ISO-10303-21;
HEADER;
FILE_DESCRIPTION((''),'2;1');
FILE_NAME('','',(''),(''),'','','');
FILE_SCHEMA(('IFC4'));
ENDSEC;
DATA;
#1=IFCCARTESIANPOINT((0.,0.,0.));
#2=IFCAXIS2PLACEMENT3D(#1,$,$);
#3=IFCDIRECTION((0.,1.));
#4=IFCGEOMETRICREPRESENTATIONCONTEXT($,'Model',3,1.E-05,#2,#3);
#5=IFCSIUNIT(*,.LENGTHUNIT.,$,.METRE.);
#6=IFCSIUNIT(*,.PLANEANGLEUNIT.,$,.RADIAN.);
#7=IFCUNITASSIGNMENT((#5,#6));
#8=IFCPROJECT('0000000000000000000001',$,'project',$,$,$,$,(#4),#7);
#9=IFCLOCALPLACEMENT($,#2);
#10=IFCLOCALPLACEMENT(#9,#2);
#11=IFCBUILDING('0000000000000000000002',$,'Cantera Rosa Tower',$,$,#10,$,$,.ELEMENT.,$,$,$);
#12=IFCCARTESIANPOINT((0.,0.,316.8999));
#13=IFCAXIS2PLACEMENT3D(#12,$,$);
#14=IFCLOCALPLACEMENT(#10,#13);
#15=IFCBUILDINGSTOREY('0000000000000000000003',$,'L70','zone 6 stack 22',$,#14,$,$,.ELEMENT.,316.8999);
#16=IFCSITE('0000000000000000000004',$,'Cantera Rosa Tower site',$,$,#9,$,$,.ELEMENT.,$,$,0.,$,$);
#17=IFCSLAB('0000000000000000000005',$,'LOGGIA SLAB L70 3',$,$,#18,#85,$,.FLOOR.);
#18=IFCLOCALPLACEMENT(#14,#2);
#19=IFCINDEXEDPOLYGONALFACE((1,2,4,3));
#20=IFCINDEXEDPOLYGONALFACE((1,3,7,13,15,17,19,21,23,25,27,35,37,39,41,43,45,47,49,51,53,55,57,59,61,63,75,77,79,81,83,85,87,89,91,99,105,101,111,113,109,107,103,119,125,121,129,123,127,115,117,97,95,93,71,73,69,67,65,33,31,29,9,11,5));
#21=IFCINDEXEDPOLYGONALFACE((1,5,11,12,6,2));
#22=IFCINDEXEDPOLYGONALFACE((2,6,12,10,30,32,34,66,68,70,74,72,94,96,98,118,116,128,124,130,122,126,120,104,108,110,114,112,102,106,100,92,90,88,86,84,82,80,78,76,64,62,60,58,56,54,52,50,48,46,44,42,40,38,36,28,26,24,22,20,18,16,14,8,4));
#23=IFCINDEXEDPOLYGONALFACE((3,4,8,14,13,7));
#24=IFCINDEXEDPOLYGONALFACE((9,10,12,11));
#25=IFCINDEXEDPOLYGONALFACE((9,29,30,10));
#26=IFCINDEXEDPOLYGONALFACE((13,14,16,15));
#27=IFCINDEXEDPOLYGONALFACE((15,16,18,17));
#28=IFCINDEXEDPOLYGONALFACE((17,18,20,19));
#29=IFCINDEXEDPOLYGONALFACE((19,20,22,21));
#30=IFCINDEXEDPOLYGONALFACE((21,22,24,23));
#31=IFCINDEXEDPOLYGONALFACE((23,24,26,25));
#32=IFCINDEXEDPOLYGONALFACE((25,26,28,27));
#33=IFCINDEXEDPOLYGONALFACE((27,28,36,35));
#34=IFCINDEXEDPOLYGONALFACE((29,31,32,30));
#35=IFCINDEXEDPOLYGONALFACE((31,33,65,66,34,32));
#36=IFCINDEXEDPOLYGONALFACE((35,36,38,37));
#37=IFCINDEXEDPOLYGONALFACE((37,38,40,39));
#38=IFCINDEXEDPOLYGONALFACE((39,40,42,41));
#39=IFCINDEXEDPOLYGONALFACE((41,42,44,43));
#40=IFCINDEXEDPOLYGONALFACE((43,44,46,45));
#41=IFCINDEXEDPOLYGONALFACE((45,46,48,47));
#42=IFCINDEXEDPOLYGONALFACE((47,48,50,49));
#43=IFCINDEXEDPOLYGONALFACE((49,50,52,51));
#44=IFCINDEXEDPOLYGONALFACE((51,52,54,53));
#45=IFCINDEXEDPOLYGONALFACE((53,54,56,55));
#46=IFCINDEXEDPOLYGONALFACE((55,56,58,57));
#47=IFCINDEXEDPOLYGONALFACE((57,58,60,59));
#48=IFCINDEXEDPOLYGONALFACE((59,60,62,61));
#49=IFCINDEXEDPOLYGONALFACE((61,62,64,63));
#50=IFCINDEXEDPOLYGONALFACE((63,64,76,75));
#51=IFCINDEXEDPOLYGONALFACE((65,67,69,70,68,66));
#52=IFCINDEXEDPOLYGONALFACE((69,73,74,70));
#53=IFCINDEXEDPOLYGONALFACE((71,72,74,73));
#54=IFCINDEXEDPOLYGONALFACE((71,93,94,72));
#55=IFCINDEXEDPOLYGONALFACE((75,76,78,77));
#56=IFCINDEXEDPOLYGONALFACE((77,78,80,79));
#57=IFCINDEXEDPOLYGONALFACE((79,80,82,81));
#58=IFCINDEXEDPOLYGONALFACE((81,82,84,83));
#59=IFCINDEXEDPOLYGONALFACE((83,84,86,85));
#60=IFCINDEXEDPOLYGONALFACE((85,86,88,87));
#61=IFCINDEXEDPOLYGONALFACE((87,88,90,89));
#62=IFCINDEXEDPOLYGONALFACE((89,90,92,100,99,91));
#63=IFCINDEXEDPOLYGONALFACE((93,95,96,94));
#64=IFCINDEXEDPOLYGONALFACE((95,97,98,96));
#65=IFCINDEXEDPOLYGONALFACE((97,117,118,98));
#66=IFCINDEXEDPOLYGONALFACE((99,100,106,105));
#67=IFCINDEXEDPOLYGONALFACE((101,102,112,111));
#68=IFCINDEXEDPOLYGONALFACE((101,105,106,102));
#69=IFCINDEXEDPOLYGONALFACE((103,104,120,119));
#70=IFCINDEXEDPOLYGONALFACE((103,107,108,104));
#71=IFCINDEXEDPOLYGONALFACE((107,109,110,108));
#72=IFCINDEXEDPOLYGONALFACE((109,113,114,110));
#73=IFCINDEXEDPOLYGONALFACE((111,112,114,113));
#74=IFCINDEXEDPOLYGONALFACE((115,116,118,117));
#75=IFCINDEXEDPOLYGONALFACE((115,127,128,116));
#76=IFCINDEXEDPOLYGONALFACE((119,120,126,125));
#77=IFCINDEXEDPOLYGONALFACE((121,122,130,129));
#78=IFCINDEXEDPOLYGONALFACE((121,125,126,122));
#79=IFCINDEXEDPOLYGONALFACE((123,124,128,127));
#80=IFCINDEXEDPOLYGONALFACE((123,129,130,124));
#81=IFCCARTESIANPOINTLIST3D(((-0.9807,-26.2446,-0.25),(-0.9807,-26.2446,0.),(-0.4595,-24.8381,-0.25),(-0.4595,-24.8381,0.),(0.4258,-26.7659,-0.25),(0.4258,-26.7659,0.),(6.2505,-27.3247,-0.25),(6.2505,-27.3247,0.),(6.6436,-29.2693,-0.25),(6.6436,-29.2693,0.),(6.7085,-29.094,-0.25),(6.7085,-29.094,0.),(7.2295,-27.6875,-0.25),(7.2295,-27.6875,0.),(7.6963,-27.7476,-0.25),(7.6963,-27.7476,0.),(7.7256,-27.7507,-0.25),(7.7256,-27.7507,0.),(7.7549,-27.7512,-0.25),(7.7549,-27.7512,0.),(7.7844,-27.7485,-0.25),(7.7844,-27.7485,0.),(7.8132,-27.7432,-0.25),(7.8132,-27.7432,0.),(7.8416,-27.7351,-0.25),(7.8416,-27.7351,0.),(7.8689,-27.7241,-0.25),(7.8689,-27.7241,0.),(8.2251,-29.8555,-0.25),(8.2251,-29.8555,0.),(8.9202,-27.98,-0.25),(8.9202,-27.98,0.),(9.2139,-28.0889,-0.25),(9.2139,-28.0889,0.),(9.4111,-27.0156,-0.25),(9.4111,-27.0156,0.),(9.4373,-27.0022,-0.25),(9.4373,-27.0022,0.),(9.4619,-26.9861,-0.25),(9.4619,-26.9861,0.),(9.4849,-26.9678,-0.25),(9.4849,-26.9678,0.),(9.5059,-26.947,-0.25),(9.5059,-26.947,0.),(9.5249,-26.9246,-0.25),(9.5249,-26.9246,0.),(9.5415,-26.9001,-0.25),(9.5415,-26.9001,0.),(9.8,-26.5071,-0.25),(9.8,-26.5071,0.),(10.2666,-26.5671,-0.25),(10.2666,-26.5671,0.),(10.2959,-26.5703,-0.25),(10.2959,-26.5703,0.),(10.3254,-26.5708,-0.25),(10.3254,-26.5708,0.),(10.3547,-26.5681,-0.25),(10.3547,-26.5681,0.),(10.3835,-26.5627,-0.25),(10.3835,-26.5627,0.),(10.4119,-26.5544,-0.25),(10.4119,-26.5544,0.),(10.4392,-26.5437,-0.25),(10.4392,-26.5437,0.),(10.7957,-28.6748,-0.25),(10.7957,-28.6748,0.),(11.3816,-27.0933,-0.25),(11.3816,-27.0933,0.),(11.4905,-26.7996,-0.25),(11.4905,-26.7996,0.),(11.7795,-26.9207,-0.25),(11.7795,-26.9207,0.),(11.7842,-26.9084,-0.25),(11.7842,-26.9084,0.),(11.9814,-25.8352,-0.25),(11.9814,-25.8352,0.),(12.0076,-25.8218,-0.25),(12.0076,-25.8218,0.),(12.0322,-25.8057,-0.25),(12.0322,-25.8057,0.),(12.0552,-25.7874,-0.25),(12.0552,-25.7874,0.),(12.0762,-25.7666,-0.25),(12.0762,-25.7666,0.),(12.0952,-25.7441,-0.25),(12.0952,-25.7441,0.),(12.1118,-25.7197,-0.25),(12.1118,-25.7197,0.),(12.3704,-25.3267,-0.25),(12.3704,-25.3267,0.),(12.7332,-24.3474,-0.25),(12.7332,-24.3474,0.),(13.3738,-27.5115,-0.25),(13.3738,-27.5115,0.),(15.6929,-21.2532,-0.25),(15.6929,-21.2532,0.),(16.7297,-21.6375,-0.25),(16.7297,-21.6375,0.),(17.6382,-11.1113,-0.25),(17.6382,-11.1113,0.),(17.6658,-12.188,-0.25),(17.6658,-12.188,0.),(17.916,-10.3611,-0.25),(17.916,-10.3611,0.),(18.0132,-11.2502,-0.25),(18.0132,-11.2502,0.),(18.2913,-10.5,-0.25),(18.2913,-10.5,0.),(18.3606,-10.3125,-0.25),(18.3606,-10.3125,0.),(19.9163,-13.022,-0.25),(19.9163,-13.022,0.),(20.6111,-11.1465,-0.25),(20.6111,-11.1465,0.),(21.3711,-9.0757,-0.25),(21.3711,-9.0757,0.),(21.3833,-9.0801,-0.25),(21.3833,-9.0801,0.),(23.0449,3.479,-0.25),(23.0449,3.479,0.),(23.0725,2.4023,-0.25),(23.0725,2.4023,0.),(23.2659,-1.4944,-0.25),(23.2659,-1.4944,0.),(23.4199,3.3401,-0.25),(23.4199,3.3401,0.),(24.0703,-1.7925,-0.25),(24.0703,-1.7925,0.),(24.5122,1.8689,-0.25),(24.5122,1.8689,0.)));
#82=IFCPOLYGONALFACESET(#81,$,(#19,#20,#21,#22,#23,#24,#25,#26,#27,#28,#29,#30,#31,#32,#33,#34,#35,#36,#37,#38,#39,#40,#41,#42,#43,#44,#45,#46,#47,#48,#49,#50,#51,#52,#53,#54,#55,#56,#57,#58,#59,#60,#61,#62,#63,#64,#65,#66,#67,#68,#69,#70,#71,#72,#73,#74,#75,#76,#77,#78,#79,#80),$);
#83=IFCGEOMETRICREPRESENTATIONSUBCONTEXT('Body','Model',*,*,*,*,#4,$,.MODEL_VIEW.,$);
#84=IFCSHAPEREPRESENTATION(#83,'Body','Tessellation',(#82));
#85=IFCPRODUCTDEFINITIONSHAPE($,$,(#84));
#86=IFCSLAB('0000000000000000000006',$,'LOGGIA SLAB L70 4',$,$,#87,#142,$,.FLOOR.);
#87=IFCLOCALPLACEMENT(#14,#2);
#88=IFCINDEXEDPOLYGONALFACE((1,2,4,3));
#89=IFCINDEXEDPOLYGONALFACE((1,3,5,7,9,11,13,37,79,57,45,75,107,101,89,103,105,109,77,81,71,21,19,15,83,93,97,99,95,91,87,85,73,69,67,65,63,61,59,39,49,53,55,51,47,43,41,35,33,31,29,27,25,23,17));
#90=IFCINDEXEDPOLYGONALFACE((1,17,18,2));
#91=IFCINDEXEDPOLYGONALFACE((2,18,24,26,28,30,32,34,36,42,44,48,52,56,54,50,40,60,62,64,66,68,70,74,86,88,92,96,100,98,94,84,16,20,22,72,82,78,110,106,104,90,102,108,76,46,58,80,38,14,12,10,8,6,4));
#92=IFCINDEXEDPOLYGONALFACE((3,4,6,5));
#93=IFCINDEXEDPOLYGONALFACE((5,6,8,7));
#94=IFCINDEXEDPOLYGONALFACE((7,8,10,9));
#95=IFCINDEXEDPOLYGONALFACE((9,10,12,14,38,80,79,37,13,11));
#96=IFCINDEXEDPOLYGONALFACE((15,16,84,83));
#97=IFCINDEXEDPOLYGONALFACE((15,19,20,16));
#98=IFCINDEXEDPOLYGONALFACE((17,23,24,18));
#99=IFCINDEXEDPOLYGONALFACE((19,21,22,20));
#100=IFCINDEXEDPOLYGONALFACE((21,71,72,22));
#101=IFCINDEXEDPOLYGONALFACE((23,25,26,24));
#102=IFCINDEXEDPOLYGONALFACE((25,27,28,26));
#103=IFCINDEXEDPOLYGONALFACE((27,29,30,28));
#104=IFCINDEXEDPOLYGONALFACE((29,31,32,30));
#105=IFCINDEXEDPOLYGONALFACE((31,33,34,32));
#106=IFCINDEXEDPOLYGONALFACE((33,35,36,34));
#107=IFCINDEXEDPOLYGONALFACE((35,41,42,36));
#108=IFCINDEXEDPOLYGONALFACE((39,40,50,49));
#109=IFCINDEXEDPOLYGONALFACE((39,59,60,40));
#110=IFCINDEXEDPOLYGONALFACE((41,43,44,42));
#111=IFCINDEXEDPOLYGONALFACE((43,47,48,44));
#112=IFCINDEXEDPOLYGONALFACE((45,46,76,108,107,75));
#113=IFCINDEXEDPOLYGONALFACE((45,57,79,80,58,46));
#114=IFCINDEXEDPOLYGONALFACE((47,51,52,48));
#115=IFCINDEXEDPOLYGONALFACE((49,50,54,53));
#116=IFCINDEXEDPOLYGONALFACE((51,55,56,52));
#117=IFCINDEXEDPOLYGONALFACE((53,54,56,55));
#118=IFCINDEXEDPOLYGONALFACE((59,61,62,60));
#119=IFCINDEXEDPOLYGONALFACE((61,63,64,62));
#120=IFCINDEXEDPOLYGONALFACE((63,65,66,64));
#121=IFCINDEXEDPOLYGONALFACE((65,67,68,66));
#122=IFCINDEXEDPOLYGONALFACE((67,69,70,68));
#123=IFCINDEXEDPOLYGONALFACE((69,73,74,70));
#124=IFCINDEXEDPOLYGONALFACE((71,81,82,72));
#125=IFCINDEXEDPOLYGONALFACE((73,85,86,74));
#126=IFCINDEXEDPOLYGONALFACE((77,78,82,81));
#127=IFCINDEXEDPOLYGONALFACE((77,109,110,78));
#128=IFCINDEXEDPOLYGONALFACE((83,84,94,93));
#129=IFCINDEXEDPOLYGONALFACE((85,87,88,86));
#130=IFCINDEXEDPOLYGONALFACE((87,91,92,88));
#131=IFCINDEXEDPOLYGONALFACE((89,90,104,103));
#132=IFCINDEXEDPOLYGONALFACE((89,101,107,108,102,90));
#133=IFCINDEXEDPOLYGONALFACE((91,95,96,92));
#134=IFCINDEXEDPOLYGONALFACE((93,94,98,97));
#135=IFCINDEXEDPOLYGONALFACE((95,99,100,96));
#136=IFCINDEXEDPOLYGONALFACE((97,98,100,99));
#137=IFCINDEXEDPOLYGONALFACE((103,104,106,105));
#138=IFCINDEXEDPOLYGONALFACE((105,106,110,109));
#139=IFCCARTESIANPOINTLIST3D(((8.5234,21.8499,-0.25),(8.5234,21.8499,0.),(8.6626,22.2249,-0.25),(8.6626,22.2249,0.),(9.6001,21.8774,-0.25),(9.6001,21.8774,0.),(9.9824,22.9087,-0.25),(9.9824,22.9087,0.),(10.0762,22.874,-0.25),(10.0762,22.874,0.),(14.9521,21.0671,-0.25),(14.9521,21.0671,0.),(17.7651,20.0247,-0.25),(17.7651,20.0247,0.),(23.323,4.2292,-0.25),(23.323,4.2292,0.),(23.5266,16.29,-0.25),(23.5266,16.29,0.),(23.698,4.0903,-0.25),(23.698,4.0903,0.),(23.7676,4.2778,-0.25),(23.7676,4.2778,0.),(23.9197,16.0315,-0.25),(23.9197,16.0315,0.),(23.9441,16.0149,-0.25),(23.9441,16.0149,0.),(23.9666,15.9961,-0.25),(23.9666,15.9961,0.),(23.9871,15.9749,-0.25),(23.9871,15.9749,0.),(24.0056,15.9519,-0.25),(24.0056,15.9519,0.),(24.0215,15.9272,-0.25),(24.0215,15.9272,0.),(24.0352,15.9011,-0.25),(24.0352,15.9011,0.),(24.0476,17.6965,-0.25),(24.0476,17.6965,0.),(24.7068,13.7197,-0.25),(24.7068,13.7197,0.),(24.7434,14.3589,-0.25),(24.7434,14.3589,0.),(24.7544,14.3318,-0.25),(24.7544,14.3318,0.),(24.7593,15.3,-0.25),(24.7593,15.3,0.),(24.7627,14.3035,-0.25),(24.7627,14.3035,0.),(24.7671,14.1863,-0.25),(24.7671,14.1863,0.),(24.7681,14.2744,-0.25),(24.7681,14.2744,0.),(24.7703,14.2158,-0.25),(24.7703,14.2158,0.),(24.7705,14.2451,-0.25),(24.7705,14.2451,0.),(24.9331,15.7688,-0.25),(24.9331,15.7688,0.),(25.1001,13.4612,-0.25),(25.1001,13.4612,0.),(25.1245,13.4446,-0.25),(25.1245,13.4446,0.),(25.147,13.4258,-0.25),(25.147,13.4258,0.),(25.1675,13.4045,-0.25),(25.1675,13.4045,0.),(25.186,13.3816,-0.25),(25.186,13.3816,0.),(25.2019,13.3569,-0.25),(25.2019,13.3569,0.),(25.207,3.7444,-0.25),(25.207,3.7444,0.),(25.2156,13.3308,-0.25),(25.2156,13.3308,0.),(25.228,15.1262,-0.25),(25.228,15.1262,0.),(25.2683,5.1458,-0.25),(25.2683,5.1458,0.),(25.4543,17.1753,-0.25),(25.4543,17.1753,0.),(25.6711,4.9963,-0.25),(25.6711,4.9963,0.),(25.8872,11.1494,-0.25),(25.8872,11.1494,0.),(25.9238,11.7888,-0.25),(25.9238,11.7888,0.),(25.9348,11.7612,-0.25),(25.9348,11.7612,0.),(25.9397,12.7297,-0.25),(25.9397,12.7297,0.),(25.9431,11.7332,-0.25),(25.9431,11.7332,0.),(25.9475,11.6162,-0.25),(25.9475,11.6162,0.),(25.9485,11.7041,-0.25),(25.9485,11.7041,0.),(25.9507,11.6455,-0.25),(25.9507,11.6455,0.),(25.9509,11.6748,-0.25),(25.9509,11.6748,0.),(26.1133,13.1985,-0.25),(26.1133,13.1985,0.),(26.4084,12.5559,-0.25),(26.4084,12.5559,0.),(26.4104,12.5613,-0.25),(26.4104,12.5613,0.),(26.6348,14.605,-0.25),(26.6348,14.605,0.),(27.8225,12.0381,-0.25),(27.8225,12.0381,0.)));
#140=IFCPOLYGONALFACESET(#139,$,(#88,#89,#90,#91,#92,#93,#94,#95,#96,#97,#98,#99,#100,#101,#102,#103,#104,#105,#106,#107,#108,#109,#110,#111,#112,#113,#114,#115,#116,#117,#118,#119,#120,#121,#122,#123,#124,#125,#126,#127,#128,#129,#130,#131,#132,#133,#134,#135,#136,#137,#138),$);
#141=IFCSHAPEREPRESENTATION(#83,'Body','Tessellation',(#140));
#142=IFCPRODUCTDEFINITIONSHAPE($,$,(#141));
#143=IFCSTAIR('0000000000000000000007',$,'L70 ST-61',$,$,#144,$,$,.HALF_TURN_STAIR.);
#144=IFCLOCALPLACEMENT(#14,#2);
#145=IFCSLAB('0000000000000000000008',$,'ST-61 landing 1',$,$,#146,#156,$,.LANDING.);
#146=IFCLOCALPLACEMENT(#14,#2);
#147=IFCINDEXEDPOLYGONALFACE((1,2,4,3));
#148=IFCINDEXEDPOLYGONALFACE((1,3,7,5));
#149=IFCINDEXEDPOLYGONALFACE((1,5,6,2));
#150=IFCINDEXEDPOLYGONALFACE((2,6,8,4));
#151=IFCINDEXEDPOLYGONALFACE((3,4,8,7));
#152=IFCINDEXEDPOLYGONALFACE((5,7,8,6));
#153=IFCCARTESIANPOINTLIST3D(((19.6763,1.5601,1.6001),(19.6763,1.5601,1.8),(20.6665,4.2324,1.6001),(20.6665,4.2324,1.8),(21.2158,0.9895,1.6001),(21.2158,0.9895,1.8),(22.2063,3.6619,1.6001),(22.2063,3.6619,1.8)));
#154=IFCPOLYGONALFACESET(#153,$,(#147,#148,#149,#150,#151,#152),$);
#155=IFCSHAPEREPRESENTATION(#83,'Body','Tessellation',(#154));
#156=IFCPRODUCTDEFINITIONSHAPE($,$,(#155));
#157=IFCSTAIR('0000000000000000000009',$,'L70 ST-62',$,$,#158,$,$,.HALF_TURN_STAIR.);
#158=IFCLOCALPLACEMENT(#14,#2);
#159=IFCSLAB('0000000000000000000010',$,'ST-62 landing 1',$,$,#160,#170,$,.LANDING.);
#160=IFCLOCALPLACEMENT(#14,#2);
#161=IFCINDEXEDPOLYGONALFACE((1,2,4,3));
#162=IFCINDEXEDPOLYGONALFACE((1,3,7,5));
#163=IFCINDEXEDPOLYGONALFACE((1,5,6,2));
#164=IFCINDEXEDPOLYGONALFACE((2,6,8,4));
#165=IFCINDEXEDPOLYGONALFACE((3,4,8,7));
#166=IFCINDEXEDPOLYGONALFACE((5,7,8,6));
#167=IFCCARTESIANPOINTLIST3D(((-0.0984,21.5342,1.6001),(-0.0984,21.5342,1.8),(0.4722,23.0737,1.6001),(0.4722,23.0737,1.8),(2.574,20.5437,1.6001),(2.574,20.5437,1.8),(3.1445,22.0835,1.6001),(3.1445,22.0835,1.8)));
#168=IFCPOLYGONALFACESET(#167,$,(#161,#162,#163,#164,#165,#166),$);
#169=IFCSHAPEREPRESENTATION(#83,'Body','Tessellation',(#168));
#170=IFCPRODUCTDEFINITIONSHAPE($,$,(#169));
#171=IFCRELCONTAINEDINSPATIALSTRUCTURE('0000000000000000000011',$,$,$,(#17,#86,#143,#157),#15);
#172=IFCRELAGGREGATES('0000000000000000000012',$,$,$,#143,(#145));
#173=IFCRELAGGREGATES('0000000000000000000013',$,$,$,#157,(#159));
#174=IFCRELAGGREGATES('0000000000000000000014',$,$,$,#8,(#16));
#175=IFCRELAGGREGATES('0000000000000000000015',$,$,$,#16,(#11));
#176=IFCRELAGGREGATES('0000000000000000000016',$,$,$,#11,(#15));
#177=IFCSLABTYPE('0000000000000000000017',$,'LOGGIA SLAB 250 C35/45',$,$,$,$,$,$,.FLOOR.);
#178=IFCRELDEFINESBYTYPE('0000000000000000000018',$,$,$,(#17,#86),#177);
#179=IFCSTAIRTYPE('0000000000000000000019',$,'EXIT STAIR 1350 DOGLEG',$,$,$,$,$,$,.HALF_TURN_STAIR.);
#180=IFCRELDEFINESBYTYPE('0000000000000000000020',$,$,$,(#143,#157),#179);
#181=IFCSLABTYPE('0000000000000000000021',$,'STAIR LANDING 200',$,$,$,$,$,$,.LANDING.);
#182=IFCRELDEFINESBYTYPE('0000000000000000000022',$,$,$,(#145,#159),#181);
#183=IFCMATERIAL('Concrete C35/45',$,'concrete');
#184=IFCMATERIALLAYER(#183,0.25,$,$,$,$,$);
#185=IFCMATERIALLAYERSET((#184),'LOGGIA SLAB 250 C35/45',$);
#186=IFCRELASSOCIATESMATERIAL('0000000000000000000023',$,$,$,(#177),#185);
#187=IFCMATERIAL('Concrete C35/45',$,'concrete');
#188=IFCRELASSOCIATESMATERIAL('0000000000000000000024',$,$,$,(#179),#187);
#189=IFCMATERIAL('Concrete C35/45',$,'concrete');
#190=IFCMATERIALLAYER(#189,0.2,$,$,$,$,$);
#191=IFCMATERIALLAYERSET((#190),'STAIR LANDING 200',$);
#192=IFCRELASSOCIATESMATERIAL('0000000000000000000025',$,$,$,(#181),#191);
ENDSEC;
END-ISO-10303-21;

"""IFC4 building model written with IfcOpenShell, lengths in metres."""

from ifc_helpers import new_model, si_unit, direction, frame, origin, place, context, subcontext, project, spatial, polyline, outline, extrude, material, layer, layer_set, type_object, element, aggregate, save


model = new_model("IFC4")

# Units and contexts
model_context = context("Model", 3, precision=1e-05, world=origin(), true_north=direction((0.0, 1.0)))
body_context = subcontext(model_context, "Body", "Model", "MODEL_VIEW")
ifc_project = project(units=[si_unit("LENGTHUNIT", "METRE"), si_unit("PLANEANGLEUNIT", "RADIAN")], contexts=[model_context])

# Site, building, storey
site_placement = place(None, origin())
site = spatial("IfcSite", under=ifc_project, at=site_placement, Name="Cantera Rosa Tower site", CompositionType="ELEMENT", RefElevation=0.0)
building_placement = place(site_placement, origin())
building = spatial("IfcBuilding", under=site, at=building_placement, Name="Cantera Rosa Tower", CompositionType="ELEMENT")
storey_placement = place(building_placement, frame((0.0, 0.0, 316.8999)))
storey = spatial("IfcBuildingStorey", under=building, at=storey_placement, Name="L70", Description="zone 6 stack 22", CompositionType="ELEMENT", Elevation=316.8999)

# Slabs
ifc_material_1 = material(Name="Concrete C35/45", Category="concrete")
ifc_layer_1 = layer(ifc_material_1, 0.25)
ifc_layer_set_1 = layer_set([ifc_layer_1], Name="LOGGIA SLAB 250 C35/45")
slab_type_1 = type_object("IfcSlabType", Name="LOGGIA SLAB 250 C35/45", PredefinedType="FLOOR", material=ifc_layer_set_1)
slab_1_placement = place(storey_placement, frame((0.0, 0.0, -0.25)))
element("IfcSlab", 1, at=slab_1_placement, inside=storey, type_object=slab_type_1, Name="LOGGIA SLAB L70 3", PredefinedType="FLOOR", context=body_context, shape_type="SweptSolid", body=[
    extrude(outline(polyline([(11.7842, -26.9084), (11.4905, -26.7996), (11.3816, -27.0933), (10.7957, -28.6748), (9.2139, -28.0889), (8.9202, -27.98), (8.2251, -29.8555), (6.6436, -29.2693), (6.7085, -29.094), (0.4258, -26.7659), (-0.9807, -26.2446), (-0.4595, -24.8381), (6.2505, -27.3247), (7.2295, -27.6875), (7.6963, -27.7476), (7.7256, -27.7507), (7.7549, -27.7512), (7.7844, -27.7485), (7.8132, -27.7432), (7.8416, -27.7351), (7.8689, -27.7241), (9.4111, -27.0156), (9.4373, -27.0022), (9.4619, -26.9861), (9.4849, -26.9678), (9.5059, -26.947), (9.5249, -26.9246), (9.5415, -26.9001), (9.8, -26.5071), (10.2666, -26.5671), (10.2959, -26.5703), (10.3254, -26.5708), (10.3547, -26.5681), (10.3835, -26.5627), (10.4119, -26.5544), (10.4392, -26.5437), (11.9814, -25.8352), (12.0076, -25.8218), (12.0322, -25.8057), (12.0552, -25.7874), (12.0762, -25.7666), (12.0952, -25.7441), (12.1118, -25.7197), (12.3704, -25.3267), (12.7332, -24.3474), (17.6382, -11.1113), (18.0132, -11.2502), (17.6658, -12.188), (19.9163, -13.022), (20.6111, -11.1465), (18.3606, -10.3125), (18.2913, -10.5), (17.916, -10.3611), (23.0449, 3.479), (23.4199, 3.3401), (23.0725, 2.4023), (24.5122, 1.8689), (23.2659, -1.4944), (24.0703, -1.7925), (21.3711, -9.0757), (21.3833, -9.0801), (16.7297, -21.6375), (15.6929, -21.2532), (13.3738, -27.5115), (11.7795, -26.9207), (11.7842, -26.9084)])), origin(), (0.0, 0.0, 1.0), 0.25),
])
slab_2_placement = place(storey_placement, frame((0.0, 0.0, -0.25)))
element("IfcSlab", 2, at=slab_2_placement, inside=storey, type_object=slab_type_1, Name="LOGGIA SLAB L70 4", PredefinedType="FLOOR", context=body_context, shape_type="SweptSolid", body=[
    extrude(outline(polyline([(25.4543, 17.1753), (24.9331, 15.7688), (24.7593, 15.3), (25.228, 15.1262), (26.6348, 14.605), (26.1133, 13.1985), (25.9397, 12.7297), (26.4084, 12.5559), (26.4104, 12.5613), (27.8225, 12.0381), (25.2683, 5.1458), (25.6711, 4.9963), (25.207, 3.7444), (23.7676, 4.2778), (23.698, 4.0903), (23.323, 4.2292), (25.8872, 11.1494), (25.9475, 11.6162), (25.9507, 11.6455), (25.9509, 11.6748), (25.9485, 11.7041), (25.9431, 11.7332), (25.9348, 11.7612), (25.9238, 11.7888), (25.2156, 13.3308), (25.2019, 13.3569), (25.186, 13.3816), (25.1675, 13.4045), (25.147, 13.4258), (25.1245, 13.4446), (25.1001, 13.4612), (24.7068, 13.7197), (24.7671, 14.1863), (24.7703, 14.2158), (24.7705, 14.2451), (24.7681, 14.2744), (24.7627, 14.3035), (24.7544, 14.3318), (24.7434, 14.3589), (24.0352, 15.9011), (24.0215, 15.9272), (24.0056, 15.9519), (23.9871, 15.9749), (23.9666, 15.9961), (23.9441, 16.0149), (23.9197, 16.0315), (23.5266, 16.29), (8.5234, 21.8499), (8.6626, 22.2249), (9.6001, 21.8774), (9.9824, 22.9087), (10.0762, 22.874), (14.9521, 21.0671), (17.7651, 20.0247), (24.0476, 17.6965), (25.4543, 17.1753)])), origin(), (0.0, 0.0, 1.0), 0.25),
])

# Stairs, slabs
ifc_material_2 = material(Name="Concrete C35/45", Category="concrete")
stair_type_1 = type_object("IfcStairType", Name="EXIT STAIR 1350 DOGLEG", PredefinedType="HALF_TURN_STAIR", material=ifc_material_2)
stair_1_placement = place(storey_placement, origin())
stair_1 = element("IfcStair", 3, at=stair_1_placement, inside=storey, type_object=stair_type_1, Name="L70 ST-61", PredefinedType="HALF_TURN_STAIR")
ifc_material_3 = material(Name="Concrete C35/45", Category="concrete")
ifc_layer_2 = layer(ifc_material_3, 0.2)
ifc_layer_set_2 = layer_set([ifc_layer_2], Name="STAIR LANDING 200")
slab_type_2 = type_object("IfcSlabType", Name="STAIR LANDING 200", PredefinedType="LANDING", material=ifc_layer_set_2)
slab_3_placement = place(storey_placement, frame((0.0, 0.0, 1.6001)))
slab_3 = element("IfcSlab", 4, at=slab_3_placement, type_object=slab_type_2, Name="ST-61 landing 1", PredefinedType="LANDING", context=body_context, shape_type="SweptSolid", body=[
    extrude(outline(polyline([(19.6763, 1.5601), (21.2158, 0.9895), (22.2063, 3.6619), (20.6665, 4.2324), (19.6763, 1.5601)])), origin(), (0.0, 0.0, 1.0), 0.2),
])
aggregate(stair_1, [slab_3])
stair_2_placement = place(storey_placement, origin())
stair_2 = element("IfcStair", 5, at=stair_2_placement, inside=storey, type_object=stair_type_1, Name="L70 ST-62", PredefinedType="HALF_TURN_STAIR")
slab_4_placement = place(storey_placement, frame((0.0, 0.0, 1.6001)))
slab_4 = element("IfcSlab", 6, at=slab_4_placement, type_object=slab_type_2, Name="ST-62 landing 1", PredefinedType="LANDING", context=body_context, shape_type="SweptSolid", body=[
    extrude(outline(polyline([(2.574, 20.5437), (3.1445, 22.0835), (0.4722, 23.0737), (-0.0984, 21.5342), (2.574, 20.5437)])), origin(), (0.0, 0.0, 1.0), 0.2),
])
aggregate(stair_2, [slab_4])

save(model, "model.ifc")
